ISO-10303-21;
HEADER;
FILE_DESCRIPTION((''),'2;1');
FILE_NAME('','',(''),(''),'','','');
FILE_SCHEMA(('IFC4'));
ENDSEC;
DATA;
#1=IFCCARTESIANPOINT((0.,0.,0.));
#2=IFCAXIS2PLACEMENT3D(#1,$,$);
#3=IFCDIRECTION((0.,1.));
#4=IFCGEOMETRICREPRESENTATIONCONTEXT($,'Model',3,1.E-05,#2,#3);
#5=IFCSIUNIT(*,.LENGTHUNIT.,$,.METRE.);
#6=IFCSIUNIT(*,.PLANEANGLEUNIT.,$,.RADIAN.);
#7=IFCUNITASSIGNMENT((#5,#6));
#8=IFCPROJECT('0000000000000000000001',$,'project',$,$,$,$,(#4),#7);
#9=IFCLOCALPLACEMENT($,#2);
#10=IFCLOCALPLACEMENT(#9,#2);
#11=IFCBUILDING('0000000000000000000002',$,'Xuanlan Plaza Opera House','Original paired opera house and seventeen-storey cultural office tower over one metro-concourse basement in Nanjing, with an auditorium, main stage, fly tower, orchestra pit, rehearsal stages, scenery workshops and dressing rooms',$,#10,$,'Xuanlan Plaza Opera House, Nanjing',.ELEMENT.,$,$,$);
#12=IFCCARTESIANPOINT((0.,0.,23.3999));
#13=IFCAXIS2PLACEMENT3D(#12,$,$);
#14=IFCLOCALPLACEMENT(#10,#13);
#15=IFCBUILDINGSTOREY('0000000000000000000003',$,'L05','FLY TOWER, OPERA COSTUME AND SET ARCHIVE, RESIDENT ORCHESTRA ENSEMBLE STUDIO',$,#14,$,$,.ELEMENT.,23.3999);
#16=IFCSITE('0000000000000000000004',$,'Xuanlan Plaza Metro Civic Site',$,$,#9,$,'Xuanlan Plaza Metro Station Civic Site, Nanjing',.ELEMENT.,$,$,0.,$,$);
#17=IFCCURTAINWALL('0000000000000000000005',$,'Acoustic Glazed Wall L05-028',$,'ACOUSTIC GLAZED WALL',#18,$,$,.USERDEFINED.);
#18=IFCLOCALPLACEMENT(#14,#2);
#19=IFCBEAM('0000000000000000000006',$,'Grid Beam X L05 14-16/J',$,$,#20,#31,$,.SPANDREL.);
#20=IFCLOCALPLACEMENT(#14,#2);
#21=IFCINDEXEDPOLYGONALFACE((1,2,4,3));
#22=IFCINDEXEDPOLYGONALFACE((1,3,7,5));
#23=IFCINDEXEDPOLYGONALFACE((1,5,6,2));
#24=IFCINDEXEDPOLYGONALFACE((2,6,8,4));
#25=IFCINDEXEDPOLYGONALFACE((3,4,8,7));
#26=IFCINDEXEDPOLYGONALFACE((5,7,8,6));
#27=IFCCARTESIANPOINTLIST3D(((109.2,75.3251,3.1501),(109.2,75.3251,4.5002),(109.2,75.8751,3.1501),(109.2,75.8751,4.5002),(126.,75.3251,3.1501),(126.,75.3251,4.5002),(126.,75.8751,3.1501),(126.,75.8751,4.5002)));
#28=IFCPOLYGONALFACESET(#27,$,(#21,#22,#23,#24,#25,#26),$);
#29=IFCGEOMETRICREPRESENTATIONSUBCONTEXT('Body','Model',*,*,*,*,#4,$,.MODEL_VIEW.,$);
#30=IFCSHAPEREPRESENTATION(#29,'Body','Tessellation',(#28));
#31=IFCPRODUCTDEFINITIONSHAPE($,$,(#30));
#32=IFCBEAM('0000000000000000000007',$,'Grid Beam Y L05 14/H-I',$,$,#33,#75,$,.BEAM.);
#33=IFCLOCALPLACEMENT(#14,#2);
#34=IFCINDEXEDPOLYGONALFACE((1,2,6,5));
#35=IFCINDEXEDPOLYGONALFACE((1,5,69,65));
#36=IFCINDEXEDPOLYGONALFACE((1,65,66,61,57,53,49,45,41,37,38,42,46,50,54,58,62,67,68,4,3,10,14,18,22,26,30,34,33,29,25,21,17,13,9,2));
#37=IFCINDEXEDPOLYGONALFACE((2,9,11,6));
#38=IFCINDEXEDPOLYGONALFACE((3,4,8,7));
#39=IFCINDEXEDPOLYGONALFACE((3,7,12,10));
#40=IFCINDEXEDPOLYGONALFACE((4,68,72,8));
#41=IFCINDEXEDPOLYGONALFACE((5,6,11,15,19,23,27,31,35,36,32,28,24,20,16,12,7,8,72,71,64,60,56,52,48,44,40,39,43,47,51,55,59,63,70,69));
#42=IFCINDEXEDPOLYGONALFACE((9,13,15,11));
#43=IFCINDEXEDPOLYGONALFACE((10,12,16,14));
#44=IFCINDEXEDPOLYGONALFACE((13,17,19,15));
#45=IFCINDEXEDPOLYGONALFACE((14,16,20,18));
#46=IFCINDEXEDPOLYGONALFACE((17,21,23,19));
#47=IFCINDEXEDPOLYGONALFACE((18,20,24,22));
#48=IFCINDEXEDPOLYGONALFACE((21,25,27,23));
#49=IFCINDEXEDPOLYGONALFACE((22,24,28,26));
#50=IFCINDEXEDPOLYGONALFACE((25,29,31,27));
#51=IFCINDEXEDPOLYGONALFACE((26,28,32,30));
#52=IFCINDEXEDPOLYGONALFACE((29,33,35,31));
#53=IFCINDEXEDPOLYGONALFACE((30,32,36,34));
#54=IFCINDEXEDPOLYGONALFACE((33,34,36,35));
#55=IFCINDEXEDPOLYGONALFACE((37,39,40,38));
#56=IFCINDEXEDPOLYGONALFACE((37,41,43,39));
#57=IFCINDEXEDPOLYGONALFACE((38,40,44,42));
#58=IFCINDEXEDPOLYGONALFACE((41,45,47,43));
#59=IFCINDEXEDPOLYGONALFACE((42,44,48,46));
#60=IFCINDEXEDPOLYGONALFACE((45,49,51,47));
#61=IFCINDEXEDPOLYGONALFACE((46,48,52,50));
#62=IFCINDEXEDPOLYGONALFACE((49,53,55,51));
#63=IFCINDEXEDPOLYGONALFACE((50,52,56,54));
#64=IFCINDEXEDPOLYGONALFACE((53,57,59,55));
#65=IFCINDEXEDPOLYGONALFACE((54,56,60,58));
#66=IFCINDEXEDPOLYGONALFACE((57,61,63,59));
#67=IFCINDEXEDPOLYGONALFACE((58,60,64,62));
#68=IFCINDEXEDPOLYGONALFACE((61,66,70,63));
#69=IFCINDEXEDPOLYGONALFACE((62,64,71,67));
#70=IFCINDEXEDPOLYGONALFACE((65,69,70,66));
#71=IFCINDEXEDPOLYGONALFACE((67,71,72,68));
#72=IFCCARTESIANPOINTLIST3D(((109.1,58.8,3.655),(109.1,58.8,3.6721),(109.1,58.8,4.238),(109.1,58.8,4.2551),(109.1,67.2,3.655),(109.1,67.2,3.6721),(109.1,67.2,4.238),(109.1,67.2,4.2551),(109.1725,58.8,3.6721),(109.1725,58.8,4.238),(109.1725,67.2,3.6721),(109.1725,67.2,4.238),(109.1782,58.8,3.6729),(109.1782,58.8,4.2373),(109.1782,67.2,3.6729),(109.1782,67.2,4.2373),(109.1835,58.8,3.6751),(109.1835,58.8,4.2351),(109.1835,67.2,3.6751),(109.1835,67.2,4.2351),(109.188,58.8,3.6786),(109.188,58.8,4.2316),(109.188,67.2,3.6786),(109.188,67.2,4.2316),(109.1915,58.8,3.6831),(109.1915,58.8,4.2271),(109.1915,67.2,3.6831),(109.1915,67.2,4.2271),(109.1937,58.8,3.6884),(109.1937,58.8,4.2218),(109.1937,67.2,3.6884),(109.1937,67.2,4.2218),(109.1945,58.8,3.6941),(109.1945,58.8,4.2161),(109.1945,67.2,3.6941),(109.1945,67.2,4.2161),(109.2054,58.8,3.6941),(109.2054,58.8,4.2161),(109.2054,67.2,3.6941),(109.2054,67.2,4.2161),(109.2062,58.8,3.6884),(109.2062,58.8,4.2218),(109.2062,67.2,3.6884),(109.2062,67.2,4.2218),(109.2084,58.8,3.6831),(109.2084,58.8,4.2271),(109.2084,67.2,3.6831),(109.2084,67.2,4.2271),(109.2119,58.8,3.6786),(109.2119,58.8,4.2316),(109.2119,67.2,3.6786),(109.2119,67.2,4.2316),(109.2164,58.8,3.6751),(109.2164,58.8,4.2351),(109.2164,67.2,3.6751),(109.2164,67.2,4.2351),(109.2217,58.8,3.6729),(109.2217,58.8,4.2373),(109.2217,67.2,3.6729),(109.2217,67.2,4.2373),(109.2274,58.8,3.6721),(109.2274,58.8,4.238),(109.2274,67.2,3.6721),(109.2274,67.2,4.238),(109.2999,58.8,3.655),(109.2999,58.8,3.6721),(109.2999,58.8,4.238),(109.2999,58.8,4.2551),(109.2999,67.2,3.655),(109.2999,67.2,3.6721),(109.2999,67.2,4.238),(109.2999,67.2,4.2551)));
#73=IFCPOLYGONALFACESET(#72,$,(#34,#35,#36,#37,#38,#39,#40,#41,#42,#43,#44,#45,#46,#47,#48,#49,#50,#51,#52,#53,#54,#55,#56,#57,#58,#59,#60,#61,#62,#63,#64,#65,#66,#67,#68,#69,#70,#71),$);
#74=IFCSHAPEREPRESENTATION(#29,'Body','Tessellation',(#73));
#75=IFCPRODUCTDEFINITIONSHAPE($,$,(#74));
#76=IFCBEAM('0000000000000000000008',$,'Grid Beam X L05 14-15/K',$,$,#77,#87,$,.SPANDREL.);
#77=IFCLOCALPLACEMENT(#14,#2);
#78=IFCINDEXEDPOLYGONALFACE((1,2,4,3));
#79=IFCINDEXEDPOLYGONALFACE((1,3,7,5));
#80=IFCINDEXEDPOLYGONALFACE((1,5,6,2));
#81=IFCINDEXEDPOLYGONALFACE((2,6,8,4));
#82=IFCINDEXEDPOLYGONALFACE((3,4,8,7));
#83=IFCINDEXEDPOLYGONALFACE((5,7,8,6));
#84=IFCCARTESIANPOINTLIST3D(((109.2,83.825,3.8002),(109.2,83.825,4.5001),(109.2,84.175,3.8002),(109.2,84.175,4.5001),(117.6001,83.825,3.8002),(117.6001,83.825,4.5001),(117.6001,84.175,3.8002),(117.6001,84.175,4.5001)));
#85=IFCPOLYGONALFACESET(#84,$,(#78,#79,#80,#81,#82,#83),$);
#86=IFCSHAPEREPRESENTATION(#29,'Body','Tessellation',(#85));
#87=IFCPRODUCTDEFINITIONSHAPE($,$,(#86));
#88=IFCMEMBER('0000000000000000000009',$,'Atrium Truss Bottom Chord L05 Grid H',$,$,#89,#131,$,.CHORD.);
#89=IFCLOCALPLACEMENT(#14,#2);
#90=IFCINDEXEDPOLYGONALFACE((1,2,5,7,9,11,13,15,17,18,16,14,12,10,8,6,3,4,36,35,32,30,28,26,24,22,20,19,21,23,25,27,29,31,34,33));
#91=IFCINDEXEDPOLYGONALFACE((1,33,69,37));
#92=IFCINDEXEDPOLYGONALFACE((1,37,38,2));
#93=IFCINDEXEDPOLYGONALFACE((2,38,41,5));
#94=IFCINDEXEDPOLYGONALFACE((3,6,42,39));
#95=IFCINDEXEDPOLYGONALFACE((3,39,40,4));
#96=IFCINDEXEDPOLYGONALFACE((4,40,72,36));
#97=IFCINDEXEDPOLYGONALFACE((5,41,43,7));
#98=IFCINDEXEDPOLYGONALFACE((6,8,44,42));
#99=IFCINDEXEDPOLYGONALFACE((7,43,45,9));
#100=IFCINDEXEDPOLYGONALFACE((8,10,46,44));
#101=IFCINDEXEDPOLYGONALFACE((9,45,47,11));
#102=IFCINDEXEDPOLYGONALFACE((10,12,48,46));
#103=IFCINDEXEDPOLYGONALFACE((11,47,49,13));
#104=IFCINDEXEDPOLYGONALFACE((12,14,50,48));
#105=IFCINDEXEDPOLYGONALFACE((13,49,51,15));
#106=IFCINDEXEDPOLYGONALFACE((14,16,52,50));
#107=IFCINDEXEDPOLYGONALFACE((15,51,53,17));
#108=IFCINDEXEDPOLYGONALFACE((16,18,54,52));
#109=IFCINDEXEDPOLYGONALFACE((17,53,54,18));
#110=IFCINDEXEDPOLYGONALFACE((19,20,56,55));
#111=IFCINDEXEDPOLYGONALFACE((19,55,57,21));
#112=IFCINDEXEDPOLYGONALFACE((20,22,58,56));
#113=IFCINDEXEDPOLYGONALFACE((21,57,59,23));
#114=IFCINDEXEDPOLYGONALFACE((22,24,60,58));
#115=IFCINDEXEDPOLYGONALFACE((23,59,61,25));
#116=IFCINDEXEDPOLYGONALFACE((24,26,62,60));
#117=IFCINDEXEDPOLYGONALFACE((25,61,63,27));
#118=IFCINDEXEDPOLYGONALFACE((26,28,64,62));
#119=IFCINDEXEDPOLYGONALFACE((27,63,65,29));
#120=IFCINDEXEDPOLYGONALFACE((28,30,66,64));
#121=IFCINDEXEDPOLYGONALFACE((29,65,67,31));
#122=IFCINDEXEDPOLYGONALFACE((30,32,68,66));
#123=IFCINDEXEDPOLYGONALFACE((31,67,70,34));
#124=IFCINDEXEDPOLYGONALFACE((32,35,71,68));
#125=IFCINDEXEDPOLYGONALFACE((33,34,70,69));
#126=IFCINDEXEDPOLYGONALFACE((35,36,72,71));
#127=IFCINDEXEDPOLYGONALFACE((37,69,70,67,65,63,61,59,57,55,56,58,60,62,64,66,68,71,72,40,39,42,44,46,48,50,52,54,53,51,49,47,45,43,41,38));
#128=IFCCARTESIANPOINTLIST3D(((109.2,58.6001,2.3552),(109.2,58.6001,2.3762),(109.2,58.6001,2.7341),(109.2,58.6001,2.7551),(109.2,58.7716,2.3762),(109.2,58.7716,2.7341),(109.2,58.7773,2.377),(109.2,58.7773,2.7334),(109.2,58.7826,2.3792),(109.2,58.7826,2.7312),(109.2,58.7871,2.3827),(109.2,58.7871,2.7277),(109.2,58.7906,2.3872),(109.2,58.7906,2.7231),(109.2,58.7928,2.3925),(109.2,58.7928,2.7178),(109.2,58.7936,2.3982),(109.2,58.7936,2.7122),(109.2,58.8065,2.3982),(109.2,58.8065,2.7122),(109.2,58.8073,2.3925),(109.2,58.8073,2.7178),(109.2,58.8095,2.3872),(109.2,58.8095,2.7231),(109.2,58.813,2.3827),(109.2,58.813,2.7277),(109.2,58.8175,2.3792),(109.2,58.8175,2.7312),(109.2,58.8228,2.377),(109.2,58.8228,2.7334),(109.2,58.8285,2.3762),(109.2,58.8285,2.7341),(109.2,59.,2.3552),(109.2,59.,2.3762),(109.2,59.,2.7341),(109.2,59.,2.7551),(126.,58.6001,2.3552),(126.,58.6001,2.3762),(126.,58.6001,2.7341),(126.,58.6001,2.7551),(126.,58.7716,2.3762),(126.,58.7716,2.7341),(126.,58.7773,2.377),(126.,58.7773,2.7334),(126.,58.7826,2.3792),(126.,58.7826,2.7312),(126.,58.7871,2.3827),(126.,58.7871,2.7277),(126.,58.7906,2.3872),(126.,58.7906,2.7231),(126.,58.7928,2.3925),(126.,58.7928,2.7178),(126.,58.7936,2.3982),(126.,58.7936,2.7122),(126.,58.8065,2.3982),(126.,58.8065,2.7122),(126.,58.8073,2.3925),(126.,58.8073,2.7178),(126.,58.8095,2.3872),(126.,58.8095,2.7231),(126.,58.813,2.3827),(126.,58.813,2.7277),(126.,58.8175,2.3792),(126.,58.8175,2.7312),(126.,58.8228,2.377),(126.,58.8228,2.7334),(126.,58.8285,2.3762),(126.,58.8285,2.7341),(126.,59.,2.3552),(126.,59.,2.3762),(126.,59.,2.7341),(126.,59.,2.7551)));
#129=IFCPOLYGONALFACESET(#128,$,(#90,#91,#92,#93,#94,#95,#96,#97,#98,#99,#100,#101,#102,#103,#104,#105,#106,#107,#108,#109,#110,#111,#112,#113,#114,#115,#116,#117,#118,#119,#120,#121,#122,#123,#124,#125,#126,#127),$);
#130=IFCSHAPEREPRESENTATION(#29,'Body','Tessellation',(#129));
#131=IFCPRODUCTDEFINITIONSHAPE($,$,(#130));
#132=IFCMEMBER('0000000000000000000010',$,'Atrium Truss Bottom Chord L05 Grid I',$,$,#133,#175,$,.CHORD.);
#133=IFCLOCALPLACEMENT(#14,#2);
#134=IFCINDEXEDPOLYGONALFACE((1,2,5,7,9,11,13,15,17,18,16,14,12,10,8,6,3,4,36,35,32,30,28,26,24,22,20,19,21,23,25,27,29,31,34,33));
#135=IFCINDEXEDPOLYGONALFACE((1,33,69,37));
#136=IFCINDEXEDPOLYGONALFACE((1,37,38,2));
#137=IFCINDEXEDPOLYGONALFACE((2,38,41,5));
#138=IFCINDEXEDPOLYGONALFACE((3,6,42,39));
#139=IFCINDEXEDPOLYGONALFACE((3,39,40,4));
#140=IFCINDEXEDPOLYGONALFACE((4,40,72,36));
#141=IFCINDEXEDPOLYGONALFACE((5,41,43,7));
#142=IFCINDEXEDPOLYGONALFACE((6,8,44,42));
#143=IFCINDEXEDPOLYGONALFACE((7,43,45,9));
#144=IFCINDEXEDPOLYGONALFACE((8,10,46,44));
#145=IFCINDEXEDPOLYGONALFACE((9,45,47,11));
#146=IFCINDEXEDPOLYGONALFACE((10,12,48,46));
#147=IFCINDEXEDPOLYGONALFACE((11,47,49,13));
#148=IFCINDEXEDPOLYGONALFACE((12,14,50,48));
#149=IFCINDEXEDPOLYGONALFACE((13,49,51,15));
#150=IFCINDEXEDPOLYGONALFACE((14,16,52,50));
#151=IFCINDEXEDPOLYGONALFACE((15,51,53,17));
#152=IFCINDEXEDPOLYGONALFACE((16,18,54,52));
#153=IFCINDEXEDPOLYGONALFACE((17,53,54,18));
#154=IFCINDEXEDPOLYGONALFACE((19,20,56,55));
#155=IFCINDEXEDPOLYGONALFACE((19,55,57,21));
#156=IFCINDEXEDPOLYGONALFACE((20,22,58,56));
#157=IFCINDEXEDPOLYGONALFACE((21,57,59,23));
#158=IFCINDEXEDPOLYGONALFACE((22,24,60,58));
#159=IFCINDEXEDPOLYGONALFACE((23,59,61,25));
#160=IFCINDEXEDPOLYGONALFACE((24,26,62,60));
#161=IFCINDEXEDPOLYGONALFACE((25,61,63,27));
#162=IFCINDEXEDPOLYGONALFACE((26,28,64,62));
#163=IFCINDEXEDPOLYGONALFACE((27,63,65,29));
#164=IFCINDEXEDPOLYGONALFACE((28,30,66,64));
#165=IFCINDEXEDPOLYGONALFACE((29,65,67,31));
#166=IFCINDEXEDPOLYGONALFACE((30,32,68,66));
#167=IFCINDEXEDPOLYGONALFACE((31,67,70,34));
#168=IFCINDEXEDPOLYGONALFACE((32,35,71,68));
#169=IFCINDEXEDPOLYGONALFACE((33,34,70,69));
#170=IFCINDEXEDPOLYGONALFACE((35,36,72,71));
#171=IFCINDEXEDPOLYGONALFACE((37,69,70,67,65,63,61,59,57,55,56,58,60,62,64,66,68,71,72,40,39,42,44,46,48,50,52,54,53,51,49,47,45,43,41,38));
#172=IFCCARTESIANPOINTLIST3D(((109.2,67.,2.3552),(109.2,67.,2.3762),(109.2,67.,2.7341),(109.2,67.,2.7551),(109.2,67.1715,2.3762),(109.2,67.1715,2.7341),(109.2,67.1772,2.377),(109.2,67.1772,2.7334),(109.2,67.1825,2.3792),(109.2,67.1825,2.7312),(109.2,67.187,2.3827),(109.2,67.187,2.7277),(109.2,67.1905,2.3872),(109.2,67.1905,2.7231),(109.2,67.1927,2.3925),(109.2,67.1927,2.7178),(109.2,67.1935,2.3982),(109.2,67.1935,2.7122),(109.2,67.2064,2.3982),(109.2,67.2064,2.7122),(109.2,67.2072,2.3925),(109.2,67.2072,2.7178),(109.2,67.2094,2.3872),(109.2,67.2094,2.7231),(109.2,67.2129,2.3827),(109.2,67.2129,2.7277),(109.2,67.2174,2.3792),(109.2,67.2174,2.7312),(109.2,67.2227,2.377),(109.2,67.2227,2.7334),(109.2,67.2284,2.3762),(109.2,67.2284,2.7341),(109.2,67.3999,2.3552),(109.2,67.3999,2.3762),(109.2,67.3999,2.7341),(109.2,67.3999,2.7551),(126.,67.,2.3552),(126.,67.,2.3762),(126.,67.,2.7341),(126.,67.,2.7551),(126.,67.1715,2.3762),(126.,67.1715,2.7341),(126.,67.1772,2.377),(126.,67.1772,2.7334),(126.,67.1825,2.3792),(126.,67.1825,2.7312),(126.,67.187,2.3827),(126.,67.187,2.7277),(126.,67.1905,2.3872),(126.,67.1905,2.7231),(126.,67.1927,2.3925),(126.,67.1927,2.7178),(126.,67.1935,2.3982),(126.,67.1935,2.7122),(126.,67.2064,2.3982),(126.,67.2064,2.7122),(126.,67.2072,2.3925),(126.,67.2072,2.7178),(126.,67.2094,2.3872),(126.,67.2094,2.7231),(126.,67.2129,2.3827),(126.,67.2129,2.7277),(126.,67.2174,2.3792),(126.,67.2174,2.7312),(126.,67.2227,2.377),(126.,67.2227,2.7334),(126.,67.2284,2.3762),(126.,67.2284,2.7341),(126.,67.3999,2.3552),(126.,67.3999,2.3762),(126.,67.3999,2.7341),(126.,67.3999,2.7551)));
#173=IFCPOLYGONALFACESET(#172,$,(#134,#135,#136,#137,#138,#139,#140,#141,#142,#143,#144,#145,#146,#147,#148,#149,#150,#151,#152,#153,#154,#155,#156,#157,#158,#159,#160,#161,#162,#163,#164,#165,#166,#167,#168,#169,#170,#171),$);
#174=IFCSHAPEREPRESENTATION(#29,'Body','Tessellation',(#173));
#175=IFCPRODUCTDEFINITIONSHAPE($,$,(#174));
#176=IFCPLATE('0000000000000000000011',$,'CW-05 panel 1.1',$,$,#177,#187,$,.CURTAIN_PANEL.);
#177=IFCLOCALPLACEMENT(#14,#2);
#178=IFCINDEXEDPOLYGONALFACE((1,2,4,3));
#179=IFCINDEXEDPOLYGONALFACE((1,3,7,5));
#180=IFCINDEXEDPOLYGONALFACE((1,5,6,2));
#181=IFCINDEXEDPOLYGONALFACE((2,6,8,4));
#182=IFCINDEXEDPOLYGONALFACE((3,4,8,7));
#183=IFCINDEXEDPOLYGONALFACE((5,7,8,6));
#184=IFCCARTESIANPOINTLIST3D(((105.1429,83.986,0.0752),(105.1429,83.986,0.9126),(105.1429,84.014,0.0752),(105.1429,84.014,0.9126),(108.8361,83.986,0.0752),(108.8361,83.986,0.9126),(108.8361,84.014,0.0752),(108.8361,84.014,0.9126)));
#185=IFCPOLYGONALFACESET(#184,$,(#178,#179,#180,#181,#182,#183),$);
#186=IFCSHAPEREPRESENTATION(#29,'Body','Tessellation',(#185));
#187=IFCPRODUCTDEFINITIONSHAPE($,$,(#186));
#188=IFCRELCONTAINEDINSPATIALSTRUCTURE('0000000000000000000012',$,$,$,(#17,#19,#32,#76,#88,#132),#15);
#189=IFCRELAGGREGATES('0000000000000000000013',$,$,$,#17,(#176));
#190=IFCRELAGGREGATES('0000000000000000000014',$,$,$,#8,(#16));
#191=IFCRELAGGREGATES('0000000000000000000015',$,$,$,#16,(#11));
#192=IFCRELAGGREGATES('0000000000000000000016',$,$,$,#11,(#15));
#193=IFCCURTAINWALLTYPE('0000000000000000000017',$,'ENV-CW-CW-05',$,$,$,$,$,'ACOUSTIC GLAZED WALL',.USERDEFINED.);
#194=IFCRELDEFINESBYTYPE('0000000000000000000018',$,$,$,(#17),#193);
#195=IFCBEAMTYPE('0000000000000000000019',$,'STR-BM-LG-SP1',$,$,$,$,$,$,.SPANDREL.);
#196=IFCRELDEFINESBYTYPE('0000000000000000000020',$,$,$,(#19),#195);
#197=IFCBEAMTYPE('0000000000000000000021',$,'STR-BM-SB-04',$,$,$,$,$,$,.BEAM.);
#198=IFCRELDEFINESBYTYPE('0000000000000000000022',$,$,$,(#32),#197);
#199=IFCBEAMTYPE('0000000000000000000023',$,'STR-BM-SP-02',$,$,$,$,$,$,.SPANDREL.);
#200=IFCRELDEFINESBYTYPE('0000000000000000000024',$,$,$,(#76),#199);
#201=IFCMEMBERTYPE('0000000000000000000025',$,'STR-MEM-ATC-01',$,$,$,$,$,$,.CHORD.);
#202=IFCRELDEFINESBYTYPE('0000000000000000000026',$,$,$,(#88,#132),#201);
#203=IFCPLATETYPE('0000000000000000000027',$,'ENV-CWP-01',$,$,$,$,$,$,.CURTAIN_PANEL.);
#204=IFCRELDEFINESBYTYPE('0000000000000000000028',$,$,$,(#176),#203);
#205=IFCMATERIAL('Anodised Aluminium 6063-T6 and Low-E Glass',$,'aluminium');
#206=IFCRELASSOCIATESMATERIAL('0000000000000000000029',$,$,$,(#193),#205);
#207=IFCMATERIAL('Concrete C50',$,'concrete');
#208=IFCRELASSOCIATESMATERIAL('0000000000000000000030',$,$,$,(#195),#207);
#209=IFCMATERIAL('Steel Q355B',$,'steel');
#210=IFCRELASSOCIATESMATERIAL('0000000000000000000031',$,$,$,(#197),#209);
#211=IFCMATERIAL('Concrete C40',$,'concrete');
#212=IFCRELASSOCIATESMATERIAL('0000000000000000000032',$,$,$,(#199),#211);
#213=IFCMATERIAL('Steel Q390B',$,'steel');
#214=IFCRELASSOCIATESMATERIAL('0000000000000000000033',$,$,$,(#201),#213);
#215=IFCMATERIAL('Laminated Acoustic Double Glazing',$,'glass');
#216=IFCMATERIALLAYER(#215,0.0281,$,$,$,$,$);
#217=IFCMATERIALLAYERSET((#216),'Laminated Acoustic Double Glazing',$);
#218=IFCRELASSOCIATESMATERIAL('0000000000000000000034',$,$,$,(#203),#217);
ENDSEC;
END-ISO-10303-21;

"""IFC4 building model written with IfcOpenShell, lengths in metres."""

from ifc_helpers import new_model, si_unit, direction, frame, origin, origin_2d, place, context, subcontext, project, spatial, rectangle, i_section, extrude, material, layer, layer_set, material_profile, profile_set, type_object, element, aggregate, save


model = new_model("IFC4")

# Units and contexts
model_context = context("Model", 3, precision=1e-05, world=origin(), true_north=direction((0.0, 1.0)))
body_context = subcontext(model_context, "Body", "Model", "MODEL_VIEW")
ifc_project = project(units=[si_unit("LENGTHUNIT", "METRE"), si_unit("PLANEANGLEUNIT", "RADIAN")], contexts=[model_context])

# Site, building, storey
site_placement = place(None, origin())
site = spatial("IfcSite", under=ifc_project, at=site_placement, Name="Xuanlan Plaza Metro Civic Site", LongName="Xuanlan Plaza Metro Station Civic Site, Nanjing", CompositionType="ELEMENT", RefElevation=0.0)
building_placement = place(site_placement, origin())
building = spatial("IfcBuilding", under=site, at=building_placement, Name="Xuanlan Plaza Opera House", Description="Original paired opera house and seventeen-storey cultural office tower over one metro-concourse basement in Nanjing, with an auditorium, main stage, fly tower, orchestra pit, rehearsal stages, scenery workshops and dressing rooms", LongName="Xuanlan Plaza Opera House, Nanjing", CompositionType="ELEMENT")
storey_placement = place(building_placement, frame((0.0, 0.0, 23.3999)))
storey = spatial("IfcBuildingStorey", under=building, at=storey_placement, Name="L05", Description="FLY TOWER, OPERA COSTUME AND SET ARCHIVE, RESIDENT ORCHESTRA ENSEMBLE STUDIO", CompositionType="ELEMENT", Elevation=23.3999)

# Shared definitions
ifc_material_1 = material(Name="Concrete C50", Category="concrete")
ifc_material_2 = material(Name="Steel Q355B", Category="steel")

# Shared definitions
ifc_material_3 = material(Name="Anodised Aluminium 6063-T6 and Low-E Glass", Category="aluminium")

# Curtain wall
curtain_wall_type_1 = type_object("IfcCurtainWallType", Name="ENV-CW-CW-05", ElementType="ACOUSTIC GLAZED WALL", PredefinedType="USERDEFINED", material=ifc_material_3)
curtain_wall_1_placement = place(storey_placement, origin())
curtain_wall_1 = element("IfcCurtainWall", 1, at=curtain_wall_1_placement, inside=storey, type_object=curtain_wall_type_1, Name="Acoustic Glazed Wall L05-028", ObjectType="ACOUSTIC GLAZED WALL", PredefinedType="USERDEFINED")

# Beams
ifc_material_4 = material(Name="Concrete C40", Category="concrete")
ifc_material_5 = material(Name="Steel Q390B", Category="steel")
ifc_material_profile_1 = material_profile(ifc_material_1, rectangle(XDim=0.55, YDim=1.3501, at=origin_2d()), Name="RC-SPD 550x1350")
ifc_profile_set_1 = profile_set([ifc_material_profile_1], Name="Concrete C50")
beam_type_1 = type_object("IfcBeamType", Name="STR-BM-LG-SP1", PredefinedType="SPANDREL", material=ifc_profile_set_1)
beam_1_placement = place(storey_placement, frame((109.2, 75.6001, 3.8252), z_axis=(1.0, 0.0, 0.0), x_axis=(0.0, 1.0, 0.0)))
element("IfcBeam", 2, at=beam_1_placement, inside=storey, type_object=beam_type_1, Name="Grid Beam X L05 14-16/J", PredefinedType="SPANDREL", context=body_context, shape_type="SweptSolid", body=[
    extrude(rectangle(XDim=0.55, YDim=1.3501, at=origin_2d()), origin(), (0.0, 0.0, 1.0), 16.8),
])
ifc_material_profile_2 = material_profile(ifc_material_2, i_section(OverallWidth=0.2, OverallDepth=0.6001, WebThickness=0.011, FlangeThickness=0.0171, FilletRadius=0.022, at=origin_2d()), Name="HN 600x200x11x17")
ifc_profile_set_2 = profile_set([ifc_material_profile_2], Name="Steel Q355B")
beam_type_2 = type_object("IfcBeamType", Name="STR-BM-SB-04", PredefinedType="BEAM", material=ifc_profile_set_2)
beam_2_placement = place(storey_placement, frame((109.2, 58.8, 3.9551), z_axis=(0.0, 1.0, 0.0), x_axis=(-1.0, 0.0, 0.0)))
element("IfcBeam", 3, at=beam_2_placement, inside=storey, type_object=beam_type_2, Name="Grid Beam Y L05 14/H-I", PredefinedType="BEAM", context=body_context, shape_type="SweptSolid", body=[
    extrude(i_section(OverallWidth=0.2, OverallDepth=0.6001, WebThickness=0.011, FlangeThickness=0.0171, FilletRadius=0.022, at=origin_2d()), origin(), (0.0, 0.0, 1.0), 8.3999),
])
ifc_material_profile_3 = material_profile(ifc_material_4, rectangle(XDim=0.3501, YDim=0.7, at=origin_2d()), Name="RC-SPD 350x700")
ifc_profile_set_3 = profile_set([ifc_material_profile_3], Name="Concrete C40")
beam_type_3 = type_object("IfcBeamType", Name="STR-BM-SP-02", PredefinedType="SPANDREL", material=ifc_profile_set_3)
beam_3_placement = place(storey_placement, frame((109.2, 84.0, 4.1501), z_axis=(1.0, 0.0, 0.0), x_axis=(0.0, 1.0, 0.0)))
element("IfcBeam", 4, at=beam_3_placement, inside=storey, type_object=beam_type_3, Name="Grid Beam X L05 14-15/K", PredefinedType="SPANDREL", context=body_context, shape_type="SweptSolid", body=[
    extrude(rectangle(XDim=0.3501, YDim=0.7, at=origin_2d()), origin(), (0.0, 0.0, 1.0), 8.4001),
])

# Members
ifc_material_profile_4 = material_profile(ifc_material_5, i_section(OverallWidth=0.3999, OverallDepth=0.3999, WebThickness=0.0129, FlangeThickness=0.021, FilletRadius=0.022, at=origin_2d()), Name="HW 400x400x13x21")
ifc_profile_set_4 = profile_set([ifc_material_profile_4], Name="Steel Q390B")
member_type_1 = type_object("IfcMemberType", Name="STR-MEM-ATC-01", PredefinedType="CHORD", material=ifc_profile_set_4)
for number, where, z_axis, x_axis, name in (
    (5, (109.2, 58.8, 2.5552), (1.0, 0.0, 0.0), (0.0, 1.0, 0.0), "Atrium Truss Bottom Chord L05 Grid H"),
    (6, (109.2, 67.2, 2.5552), (1.0, 0.0, 0.0), (0.0, 1.0, 0.0), "Atrium Truss Bottom Chord L05 Grid I"),
):
    element("IfcMember", number, at=place(storey_placement, frame(where, z_axis=z_axis, x_axis=x_axis)), inside=storey, type_object=member_type_1, Name=name, PredefinedType="CHORD", context=body_context, shape_type="SweptSolid", body=[
        extrude(i_section(OverallWidth=0.3999, OverallDepth=0.3999, WebThickness=0.0129, FlangeThickness=0.021, FilletRadius=0.022, at=origin_2d()), origin(), (0.0, 0.0, 1.0), 16.8),
    ])

# Plate
ifc_material_6 = material(Name="Laminated Acoustic Double Glazing", Category="glass")
ifc_layer_1 = layer(ifc_material_6, 0.0281)
ifc_layer_set_1 = layer_set([ifc_layer_1], Name="Laminated Acoustic Double Glazing")
plate_type_1 = type_object("IfcPlateType", Name="ENV-CWP-01", PredefinedType="CURTAIN_PANEL", material=ifc_layer_set_1)
plate_1_placement = place(storey_placement, frame((106.9895, 84.0, 0.0752), z_axis=(0.0, 0.0, 1.0), x_axis=(-1.0, 0.0, 0.0)))
plate_1 = element("IfcPlate", 7, at=plate_1_placement, type_object=plate_type_1, Name="CW-05 panel 1.1", PredefinedType="CURTAIN_PANEL", context=body_context, shape_type="SweptSolid", body=[
    extrude(rectangle(XDim=3.6931, YDim=0.0281, at=origin_2d()), origin(), (0.0, 0.0, 1.0), 0.8374),
])
aggregate(curtain_wall_1, [plate_1])

save(model, "model.ifc")
